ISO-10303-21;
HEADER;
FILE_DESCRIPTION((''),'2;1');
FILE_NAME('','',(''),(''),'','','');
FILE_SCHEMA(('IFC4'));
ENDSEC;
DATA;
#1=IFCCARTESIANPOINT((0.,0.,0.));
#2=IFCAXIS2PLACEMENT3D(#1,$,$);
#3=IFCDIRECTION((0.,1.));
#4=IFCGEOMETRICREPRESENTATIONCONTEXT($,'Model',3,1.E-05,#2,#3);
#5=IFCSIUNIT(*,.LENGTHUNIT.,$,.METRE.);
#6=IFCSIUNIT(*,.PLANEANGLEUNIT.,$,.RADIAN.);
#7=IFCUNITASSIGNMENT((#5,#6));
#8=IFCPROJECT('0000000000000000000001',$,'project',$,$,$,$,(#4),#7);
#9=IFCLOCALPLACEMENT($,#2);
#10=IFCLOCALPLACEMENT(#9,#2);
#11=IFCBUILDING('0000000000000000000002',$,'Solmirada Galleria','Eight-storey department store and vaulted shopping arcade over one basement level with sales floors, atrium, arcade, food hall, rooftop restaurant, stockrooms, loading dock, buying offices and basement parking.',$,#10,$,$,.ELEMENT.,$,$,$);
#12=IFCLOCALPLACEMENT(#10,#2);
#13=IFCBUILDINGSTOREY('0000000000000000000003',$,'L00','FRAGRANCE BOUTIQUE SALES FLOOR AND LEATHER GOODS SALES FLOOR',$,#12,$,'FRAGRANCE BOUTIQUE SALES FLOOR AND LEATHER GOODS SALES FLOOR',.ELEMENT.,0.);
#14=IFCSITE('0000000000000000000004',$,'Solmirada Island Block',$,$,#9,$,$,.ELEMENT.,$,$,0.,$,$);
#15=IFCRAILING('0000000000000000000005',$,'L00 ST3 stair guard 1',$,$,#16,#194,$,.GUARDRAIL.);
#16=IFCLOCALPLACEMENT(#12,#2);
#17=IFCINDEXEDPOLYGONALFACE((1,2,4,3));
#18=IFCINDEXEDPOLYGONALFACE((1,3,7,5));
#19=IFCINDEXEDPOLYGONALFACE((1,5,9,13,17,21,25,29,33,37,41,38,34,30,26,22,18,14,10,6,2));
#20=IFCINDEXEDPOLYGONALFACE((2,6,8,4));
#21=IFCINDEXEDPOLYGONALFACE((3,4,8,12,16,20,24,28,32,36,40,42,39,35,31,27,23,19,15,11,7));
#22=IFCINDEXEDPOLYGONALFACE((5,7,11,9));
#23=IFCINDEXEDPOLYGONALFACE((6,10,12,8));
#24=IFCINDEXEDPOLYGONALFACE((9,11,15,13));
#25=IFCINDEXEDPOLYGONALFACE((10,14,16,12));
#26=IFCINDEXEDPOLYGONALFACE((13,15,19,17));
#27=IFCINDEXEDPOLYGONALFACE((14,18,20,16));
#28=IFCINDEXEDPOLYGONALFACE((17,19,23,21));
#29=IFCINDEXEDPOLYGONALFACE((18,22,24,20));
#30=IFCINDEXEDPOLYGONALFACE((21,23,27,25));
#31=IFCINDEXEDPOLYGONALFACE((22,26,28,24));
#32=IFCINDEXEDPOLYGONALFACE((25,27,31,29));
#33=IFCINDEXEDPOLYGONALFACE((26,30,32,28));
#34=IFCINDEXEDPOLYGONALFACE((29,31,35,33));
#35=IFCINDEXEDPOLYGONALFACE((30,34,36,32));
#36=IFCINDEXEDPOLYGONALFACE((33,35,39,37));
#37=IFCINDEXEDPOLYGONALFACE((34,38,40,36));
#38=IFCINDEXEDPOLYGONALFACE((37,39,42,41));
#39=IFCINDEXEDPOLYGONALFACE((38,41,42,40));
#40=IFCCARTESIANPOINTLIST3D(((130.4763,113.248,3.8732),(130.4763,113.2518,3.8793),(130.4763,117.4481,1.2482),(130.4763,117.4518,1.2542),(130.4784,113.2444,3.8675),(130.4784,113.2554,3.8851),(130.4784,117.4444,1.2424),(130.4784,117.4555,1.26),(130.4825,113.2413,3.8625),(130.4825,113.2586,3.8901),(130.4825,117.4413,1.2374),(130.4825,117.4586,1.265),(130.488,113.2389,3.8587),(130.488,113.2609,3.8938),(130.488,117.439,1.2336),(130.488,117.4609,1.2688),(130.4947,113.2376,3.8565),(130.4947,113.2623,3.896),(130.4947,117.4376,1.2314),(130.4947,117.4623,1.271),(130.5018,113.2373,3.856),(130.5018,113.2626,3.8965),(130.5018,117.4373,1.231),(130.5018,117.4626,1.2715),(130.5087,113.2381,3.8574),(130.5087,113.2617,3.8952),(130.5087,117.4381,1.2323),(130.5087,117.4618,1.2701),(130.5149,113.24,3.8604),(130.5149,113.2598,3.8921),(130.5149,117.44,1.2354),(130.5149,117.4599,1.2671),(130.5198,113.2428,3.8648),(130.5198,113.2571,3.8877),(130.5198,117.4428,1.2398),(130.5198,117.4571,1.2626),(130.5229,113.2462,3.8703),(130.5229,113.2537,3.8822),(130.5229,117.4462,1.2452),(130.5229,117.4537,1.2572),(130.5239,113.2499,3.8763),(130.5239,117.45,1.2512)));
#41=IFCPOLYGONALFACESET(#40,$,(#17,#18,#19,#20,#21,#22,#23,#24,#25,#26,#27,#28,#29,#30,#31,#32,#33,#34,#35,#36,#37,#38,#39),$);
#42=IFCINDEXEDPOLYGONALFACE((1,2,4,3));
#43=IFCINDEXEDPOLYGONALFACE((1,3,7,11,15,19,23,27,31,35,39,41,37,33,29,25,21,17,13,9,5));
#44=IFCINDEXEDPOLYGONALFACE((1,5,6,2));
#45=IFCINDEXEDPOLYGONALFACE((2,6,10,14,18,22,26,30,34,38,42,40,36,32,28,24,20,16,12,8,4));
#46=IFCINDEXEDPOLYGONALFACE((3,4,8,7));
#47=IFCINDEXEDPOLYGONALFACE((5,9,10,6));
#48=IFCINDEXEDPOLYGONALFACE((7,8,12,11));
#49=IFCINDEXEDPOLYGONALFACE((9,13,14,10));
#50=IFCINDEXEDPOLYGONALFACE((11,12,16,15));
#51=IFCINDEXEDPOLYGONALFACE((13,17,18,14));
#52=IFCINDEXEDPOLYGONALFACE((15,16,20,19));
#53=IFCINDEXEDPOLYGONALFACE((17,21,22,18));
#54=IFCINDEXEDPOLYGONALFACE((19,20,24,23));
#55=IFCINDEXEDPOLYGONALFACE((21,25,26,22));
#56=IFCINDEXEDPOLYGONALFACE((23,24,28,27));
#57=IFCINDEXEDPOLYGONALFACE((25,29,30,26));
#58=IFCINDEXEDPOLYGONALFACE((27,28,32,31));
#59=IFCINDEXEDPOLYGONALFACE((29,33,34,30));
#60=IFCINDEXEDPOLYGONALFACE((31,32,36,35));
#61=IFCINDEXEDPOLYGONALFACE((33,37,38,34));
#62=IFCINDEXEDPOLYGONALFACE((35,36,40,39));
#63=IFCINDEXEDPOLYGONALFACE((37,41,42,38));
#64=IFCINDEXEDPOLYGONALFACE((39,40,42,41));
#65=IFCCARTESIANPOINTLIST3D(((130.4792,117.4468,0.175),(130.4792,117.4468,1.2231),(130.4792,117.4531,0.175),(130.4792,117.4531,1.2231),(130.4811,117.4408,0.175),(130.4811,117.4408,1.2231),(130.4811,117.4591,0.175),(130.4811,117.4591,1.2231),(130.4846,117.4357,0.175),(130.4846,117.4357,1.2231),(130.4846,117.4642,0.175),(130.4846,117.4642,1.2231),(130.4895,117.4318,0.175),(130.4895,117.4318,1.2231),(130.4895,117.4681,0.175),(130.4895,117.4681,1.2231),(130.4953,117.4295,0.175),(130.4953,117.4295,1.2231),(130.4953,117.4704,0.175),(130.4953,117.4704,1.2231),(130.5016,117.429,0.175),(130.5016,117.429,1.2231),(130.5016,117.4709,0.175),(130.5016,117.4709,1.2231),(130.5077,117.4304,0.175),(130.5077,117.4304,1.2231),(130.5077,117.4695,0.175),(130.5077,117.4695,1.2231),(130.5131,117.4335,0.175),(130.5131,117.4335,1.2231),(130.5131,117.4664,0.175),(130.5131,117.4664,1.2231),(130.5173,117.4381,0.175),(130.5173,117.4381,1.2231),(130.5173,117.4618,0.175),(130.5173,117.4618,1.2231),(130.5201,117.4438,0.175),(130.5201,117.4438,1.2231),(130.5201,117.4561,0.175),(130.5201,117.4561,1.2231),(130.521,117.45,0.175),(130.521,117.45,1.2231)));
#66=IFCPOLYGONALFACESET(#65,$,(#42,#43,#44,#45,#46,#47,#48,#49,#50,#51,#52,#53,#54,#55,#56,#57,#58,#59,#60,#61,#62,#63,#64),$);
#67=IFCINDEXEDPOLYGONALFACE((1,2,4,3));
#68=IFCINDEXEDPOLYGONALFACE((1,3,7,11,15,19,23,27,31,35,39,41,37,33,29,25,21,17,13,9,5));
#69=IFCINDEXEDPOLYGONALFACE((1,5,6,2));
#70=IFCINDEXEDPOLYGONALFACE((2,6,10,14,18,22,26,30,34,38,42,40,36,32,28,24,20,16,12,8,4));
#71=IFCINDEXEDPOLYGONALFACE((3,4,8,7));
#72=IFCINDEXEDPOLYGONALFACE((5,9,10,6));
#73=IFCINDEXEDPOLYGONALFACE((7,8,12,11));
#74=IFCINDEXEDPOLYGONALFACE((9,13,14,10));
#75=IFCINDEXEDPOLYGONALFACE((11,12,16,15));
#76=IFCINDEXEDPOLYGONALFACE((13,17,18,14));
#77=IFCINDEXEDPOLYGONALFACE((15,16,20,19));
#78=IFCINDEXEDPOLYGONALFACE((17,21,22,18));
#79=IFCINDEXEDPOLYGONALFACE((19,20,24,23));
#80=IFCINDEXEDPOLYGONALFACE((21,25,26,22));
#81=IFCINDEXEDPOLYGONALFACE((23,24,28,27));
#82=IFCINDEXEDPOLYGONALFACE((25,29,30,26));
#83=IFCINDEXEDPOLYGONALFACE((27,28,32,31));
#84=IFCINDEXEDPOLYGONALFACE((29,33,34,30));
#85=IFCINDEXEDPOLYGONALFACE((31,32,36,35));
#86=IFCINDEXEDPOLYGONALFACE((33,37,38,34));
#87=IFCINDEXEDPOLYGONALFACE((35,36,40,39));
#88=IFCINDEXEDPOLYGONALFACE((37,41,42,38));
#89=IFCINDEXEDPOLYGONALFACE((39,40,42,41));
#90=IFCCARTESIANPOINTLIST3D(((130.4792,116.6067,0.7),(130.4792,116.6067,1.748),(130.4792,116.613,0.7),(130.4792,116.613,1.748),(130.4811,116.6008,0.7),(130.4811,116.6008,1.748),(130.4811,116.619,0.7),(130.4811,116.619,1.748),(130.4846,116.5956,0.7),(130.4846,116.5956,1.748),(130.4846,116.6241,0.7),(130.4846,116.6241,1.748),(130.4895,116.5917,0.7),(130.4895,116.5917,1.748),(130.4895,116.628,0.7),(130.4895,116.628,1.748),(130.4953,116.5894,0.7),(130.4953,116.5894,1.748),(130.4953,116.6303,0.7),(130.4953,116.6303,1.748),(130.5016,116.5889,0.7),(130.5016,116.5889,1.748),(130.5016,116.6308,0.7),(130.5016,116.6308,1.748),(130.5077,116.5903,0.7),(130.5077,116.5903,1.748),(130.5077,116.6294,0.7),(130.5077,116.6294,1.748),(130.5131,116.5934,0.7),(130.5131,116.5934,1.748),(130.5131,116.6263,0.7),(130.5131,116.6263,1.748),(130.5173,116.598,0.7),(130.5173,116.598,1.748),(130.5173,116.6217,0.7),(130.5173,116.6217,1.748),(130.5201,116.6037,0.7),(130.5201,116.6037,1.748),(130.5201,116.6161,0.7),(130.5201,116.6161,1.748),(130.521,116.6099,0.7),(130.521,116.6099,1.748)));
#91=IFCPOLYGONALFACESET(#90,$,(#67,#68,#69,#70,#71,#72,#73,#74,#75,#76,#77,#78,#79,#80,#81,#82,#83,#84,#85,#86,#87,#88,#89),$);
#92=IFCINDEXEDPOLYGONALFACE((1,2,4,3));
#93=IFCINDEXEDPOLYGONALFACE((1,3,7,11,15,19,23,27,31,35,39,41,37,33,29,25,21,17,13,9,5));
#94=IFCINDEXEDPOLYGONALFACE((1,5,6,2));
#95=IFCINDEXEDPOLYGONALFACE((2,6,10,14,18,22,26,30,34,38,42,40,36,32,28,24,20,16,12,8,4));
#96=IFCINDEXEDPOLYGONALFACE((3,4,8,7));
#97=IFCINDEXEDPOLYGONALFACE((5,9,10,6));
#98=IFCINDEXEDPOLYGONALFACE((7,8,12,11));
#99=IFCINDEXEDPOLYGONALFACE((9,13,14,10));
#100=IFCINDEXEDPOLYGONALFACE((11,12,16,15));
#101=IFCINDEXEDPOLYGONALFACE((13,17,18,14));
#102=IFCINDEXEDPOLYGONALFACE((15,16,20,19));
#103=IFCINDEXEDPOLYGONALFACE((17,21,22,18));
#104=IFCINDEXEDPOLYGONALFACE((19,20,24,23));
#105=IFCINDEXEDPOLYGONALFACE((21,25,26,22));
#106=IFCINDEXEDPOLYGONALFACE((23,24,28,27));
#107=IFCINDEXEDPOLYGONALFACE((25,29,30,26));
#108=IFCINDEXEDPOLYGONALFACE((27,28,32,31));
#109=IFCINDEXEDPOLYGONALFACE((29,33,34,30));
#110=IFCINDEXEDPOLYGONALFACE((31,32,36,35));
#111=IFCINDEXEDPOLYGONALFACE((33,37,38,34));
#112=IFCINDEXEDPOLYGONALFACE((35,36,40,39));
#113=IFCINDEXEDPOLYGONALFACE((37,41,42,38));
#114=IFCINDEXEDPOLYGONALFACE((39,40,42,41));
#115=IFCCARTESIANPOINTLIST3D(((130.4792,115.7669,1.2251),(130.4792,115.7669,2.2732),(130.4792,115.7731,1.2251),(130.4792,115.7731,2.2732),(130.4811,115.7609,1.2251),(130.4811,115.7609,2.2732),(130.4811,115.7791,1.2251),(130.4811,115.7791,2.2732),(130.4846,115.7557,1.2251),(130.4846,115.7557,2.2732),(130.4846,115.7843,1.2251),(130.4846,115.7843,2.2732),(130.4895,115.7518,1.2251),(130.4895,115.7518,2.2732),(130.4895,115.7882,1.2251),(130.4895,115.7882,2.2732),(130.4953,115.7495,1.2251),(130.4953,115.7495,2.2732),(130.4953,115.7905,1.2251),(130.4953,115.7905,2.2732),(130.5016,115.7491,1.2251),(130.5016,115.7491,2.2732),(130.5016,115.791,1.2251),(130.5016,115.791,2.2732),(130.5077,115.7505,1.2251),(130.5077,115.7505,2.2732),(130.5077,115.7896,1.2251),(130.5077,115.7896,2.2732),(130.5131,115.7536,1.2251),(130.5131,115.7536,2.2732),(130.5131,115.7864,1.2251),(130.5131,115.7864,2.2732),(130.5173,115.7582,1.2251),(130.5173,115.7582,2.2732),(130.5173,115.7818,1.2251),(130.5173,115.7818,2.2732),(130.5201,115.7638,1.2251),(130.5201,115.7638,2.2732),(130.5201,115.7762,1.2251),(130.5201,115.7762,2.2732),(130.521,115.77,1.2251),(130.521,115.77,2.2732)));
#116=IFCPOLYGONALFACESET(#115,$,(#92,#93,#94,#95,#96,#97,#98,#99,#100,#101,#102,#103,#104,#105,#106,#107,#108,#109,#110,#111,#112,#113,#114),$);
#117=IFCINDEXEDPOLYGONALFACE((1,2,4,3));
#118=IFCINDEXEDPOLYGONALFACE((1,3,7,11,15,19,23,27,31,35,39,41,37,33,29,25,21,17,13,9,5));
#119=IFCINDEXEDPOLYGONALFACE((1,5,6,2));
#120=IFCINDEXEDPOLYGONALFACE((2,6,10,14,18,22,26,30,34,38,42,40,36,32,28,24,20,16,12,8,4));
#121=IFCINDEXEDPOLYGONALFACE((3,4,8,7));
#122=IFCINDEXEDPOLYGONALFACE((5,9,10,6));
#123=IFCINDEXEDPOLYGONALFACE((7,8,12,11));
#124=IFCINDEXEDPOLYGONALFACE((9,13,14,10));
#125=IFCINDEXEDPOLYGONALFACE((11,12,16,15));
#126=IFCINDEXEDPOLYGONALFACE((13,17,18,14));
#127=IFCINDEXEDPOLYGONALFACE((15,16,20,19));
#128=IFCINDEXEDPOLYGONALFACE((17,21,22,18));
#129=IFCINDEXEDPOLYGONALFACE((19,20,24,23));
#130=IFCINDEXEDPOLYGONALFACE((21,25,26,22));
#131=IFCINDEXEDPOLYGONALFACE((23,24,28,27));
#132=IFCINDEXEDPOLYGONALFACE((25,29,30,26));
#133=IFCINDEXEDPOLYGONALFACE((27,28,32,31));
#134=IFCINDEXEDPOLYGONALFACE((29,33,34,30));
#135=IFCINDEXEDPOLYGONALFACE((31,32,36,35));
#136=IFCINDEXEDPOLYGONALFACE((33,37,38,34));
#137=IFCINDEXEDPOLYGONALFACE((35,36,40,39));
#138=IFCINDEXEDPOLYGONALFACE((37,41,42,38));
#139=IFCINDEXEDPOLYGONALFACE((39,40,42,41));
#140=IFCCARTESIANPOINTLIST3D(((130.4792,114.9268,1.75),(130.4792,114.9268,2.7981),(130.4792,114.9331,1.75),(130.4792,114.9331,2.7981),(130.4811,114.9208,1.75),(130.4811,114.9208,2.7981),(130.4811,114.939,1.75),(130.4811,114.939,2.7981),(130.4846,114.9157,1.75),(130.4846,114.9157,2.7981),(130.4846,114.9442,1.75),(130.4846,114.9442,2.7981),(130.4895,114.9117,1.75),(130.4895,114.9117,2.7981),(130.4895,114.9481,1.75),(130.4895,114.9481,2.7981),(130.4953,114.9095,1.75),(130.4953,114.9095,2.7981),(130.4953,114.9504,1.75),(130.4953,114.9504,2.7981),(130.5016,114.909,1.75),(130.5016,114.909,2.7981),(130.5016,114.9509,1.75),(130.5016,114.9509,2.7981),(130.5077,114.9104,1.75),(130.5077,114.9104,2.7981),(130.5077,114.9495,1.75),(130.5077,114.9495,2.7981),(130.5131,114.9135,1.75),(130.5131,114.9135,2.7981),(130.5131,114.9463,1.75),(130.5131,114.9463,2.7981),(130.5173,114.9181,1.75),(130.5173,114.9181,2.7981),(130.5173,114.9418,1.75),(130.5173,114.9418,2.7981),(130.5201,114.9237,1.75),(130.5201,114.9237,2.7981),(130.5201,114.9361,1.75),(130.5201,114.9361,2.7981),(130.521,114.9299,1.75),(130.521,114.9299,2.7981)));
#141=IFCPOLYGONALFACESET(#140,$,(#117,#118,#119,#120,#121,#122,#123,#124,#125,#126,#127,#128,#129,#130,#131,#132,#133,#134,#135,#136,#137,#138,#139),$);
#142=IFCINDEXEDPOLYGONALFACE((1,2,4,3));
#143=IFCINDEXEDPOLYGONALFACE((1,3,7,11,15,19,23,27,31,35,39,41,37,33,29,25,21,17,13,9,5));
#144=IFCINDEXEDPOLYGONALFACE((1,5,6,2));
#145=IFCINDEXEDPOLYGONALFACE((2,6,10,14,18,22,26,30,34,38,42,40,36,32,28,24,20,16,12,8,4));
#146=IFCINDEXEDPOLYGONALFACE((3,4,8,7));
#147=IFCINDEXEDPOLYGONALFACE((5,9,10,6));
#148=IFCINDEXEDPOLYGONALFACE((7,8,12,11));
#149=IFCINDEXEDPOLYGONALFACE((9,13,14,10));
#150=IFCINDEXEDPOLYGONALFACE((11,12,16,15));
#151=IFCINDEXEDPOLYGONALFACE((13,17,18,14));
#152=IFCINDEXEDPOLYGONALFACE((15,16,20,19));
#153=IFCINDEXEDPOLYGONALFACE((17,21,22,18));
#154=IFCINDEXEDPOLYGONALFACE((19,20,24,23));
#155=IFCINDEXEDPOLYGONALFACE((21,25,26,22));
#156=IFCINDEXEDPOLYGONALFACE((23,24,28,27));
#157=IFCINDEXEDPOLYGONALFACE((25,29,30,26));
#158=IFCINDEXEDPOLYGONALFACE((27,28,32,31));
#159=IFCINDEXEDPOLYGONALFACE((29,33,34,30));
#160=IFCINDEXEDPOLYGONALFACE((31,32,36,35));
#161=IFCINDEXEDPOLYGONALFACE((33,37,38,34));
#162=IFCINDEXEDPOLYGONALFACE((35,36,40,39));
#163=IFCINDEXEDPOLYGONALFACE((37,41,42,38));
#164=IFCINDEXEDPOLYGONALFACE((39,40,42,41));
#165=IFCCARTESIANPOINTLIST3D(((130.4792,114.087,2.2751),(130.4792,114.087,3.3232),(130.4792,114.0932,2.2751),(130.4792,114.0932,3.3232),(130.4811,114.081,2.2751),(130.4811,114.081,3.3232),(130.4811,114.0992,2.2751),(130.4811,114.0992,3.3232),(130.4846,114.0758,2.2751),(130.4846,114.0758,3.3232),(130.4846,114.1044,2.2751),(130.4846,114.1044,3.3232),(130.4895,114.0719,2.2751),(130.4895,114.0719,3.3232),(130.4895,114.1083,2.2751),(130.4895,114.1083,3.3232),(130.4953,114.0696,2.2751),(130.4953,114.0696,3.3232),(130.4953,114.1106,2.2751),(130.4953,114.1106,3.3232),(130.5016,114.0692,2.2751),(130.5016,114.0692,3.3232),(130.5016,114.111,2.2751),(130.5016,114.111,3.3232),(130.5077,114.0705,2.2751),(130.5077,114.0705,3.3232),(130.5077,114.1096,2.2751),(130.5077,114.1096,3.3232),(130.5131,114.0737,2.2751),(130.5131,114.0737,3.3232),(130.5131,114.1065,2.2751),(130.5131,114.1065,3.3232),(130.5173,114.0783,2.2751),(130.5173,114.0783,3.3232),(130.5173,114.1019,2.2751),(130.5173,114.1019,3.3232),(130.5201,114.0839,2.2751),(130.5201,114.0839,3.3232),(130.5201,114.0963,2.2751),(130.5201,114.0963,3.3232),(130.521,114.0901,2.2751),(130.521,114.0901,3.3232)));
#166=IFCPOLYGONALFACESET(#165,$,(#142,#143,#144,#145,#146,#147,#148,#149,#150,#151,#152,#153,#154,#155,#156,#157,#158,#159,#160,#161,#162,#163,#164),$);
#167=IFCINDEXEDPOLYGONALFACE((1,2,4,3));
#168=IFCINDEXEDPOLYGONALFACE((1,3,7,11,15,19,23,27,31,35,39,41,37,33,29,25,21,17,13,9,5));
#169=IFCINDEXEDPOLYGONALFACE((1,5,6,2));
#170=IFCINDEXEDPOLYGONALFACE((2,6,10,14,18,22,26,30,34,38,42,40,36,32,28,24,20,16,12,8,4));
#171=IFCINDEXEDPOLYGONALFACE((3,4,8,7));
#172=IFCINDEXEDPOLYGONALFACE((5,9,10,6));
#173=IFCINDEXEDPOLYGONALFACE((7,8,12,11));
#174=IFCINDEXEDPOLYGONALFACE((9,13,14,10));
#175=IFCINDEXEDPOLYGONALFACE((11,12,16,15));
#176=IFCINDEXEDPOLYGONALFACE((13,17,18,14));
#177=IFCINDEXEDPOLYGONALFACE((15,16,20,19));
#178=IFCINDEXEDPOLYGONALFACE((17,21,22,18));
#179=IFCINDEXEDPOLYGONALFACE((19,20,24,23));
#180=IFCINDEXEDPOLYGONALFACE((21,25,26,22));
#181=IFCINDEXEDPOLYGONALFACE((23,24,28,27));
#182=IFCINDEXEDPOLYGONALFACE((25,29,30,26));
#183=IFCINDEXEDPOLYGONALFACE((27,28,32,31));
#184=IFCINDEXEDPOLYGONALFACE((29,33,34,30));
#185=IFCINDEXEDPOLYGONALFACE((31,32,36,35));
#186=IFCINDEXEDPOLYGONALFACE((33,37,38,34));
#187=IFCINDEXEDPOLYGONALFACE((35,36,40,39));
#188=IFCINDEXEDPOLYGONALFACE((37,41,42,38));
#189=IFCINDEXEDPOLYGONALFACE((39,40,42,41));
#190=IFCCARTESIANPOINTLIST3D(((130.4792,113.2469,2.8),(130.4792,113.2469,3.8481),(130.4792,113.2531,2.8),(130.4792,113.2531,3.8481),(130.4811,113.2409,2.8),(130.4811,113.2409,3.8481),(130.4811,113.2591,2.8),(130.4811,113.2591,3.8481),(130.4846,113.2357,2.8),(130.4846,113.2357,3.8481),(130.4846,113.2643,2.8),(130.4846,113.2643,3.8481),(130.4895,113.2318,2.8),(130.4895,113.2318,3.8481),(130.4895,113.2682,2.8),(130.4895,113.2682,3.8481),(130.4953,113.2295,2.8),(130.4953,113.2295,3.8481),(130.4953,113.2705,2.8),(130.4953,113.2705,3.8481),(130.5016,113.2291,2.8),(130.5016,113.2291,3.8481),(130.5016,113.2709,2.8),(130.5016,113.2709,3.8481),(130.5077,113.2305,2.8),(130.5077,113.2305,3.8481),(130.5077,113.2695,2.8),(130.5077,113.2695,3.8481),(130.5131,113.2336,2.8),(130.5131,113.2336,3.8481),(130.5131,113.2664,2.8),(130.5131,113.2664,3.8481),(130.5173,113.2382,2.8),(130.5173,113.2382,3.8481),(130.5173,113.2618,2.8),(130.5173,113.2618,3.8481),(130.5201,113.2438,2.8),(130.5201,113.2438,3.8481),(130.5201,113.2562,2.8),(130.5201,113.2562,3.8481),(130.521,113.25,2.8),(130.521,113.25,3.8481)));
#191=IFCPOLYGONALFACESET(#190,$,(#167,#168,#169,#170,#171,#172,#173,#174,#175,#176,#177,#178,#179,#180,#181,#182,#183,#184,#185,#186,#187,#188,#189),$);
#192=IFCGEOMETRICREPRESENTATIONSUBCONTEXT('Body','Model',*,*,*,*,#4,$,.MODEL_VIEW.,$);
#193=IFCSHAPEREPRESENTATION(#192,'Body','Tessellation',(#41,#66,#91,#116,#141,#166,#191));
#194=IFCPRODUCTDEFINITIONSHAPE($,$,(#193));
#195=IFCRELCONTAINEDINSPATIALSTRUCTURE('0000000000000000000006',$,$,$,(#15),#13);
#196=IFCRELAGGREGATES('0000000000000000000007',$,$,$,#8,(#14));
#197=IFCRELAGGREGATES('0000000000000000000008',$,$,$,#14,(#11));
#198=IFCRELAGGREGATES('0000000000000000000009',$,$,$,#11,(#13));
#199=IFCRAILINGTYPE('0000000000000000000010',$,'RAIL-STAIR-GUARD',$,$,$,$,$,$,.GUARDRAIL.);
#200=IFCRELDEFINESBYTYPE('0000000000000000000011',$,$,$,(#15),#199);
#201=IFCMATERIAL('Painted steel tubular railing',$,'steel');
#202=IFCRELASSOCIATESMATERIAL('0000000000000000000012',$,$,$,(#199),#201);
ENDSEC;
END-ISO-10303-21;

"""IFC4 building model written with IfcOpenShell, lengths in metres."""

from ifc_helpers import new_model, si_unit, direction, frame, origin, origin_2d, place, context, subcontext, project, spatial, circle, extrude, material, type_object, element, save


model = new_model("IFC4")

# Units and contexts
model_context = context("Model", 3, precision=1e-05, world=origin(), true_north=direction((0.0, 1.0)))
body_context = subcontext(model_context, "Body", "Model", "MODEL_VIEW")
ifc_project = project(units=[si_unit("LENGTHUNIT", "METRE"), si_unit("PLANEANGLEUNIT", "RADIAN")], contexts=[model_context])

# Site, building, storey
site_placement = place(None, origin())
site = spatial("IfcSite", under=ifc_project, at=site_placement, Name="Solmirada Island Block", CompositionType="ELEMENT", RefElevation=0.0)
building_placement = place(site_placement, origin())
building = spatial("IfcBuilding", under=site, at=building_placement, Name="Solmirada Galleria", Description="Eight-storey department store and vaulted shopping arcade over one basement level with sales floors, atrium, arcade, food hall, rooftop restaurant, stockrooms, loading dock, buying offices and basement parking.", CompositionType="ELEMENT")
storey_placement = place(building_placement, origin())
storey = spatial("IfcBuildingStorey", under=building, at=storey_placement, Name="L00", Description="FRAGRANCE BOUTIQUE SALES FLOOR AND LEATHER GOODS SALES FLOOR", LongName="FRAGRANCE BOUTIQUE SALES FLOOR AND LEATHER GOODS SALES FLOOR", CompositionType="ELEMENT", Elevation=0.0)

# Railing
ifc_material_1 = material(Name="Painted steel tubular railing", Category="steel")
railing_type_1 = type_object("IfcRailingType", Name="RAIL-STAIR-GUARD", PredefinedType="GUARDRAIL", material=ifc_material_1)
railing_1_placement = place(storey_placement, frame((130.5, 117.45, 0.175)))
element("IfcRailing", 1, at=railing_1_placement, inside=storey, type_object=railing_type_1, Name="L00 ST3 stair guard 1", PredefinedType="GUARDRAIL", context=body_context, shape_type="SweptSolid", body=[
    extrude(circle(Radius=0.0239, at=origin_2d()), frame((0.0, 0.0, 1.0762), z_axis=(0.0, -0.847996, 0.530003), x_axis=(1.0, 0.0, 0.0)), (0.0, 0.0, 1.0), 4.9529),
    extrude(circle(Radius=0.021, at=origin_2d()), origin(), (0.0, 0.0, 1.0), 1.0481),
    extrude(circle(Radius=0.021, at=origin_2d()), frame((0.0, -0.8401, 0.5249)), (0.0, 0.0, 1.0), 1.0481),
    extrude(circle(Radius=0.021, at=origin_2d()), frame((0.0, -1.6799, 1.05)), (0.0, 0.0, 1.0), 1.0481),
    extrude(circle(Radius=0.021, at=origin_2d()), frame((0.0, -2.52, 1.575)), (0.0, 0.0, 1.0), 1.0481),
    extrude(circle(Radius=0.021, at=origin_2d()), frame((0.0, -3.3599, 2.1001)), (0.0, 0.0, 1.0), 1.0481),
    extrude(circle(Radius=0.021, at=origin_2d()), frame((0.0, -4.2, 2.625)), (0.0, 0.0, 1.0), 1.0481),
])

save(model, "model.ifc")
